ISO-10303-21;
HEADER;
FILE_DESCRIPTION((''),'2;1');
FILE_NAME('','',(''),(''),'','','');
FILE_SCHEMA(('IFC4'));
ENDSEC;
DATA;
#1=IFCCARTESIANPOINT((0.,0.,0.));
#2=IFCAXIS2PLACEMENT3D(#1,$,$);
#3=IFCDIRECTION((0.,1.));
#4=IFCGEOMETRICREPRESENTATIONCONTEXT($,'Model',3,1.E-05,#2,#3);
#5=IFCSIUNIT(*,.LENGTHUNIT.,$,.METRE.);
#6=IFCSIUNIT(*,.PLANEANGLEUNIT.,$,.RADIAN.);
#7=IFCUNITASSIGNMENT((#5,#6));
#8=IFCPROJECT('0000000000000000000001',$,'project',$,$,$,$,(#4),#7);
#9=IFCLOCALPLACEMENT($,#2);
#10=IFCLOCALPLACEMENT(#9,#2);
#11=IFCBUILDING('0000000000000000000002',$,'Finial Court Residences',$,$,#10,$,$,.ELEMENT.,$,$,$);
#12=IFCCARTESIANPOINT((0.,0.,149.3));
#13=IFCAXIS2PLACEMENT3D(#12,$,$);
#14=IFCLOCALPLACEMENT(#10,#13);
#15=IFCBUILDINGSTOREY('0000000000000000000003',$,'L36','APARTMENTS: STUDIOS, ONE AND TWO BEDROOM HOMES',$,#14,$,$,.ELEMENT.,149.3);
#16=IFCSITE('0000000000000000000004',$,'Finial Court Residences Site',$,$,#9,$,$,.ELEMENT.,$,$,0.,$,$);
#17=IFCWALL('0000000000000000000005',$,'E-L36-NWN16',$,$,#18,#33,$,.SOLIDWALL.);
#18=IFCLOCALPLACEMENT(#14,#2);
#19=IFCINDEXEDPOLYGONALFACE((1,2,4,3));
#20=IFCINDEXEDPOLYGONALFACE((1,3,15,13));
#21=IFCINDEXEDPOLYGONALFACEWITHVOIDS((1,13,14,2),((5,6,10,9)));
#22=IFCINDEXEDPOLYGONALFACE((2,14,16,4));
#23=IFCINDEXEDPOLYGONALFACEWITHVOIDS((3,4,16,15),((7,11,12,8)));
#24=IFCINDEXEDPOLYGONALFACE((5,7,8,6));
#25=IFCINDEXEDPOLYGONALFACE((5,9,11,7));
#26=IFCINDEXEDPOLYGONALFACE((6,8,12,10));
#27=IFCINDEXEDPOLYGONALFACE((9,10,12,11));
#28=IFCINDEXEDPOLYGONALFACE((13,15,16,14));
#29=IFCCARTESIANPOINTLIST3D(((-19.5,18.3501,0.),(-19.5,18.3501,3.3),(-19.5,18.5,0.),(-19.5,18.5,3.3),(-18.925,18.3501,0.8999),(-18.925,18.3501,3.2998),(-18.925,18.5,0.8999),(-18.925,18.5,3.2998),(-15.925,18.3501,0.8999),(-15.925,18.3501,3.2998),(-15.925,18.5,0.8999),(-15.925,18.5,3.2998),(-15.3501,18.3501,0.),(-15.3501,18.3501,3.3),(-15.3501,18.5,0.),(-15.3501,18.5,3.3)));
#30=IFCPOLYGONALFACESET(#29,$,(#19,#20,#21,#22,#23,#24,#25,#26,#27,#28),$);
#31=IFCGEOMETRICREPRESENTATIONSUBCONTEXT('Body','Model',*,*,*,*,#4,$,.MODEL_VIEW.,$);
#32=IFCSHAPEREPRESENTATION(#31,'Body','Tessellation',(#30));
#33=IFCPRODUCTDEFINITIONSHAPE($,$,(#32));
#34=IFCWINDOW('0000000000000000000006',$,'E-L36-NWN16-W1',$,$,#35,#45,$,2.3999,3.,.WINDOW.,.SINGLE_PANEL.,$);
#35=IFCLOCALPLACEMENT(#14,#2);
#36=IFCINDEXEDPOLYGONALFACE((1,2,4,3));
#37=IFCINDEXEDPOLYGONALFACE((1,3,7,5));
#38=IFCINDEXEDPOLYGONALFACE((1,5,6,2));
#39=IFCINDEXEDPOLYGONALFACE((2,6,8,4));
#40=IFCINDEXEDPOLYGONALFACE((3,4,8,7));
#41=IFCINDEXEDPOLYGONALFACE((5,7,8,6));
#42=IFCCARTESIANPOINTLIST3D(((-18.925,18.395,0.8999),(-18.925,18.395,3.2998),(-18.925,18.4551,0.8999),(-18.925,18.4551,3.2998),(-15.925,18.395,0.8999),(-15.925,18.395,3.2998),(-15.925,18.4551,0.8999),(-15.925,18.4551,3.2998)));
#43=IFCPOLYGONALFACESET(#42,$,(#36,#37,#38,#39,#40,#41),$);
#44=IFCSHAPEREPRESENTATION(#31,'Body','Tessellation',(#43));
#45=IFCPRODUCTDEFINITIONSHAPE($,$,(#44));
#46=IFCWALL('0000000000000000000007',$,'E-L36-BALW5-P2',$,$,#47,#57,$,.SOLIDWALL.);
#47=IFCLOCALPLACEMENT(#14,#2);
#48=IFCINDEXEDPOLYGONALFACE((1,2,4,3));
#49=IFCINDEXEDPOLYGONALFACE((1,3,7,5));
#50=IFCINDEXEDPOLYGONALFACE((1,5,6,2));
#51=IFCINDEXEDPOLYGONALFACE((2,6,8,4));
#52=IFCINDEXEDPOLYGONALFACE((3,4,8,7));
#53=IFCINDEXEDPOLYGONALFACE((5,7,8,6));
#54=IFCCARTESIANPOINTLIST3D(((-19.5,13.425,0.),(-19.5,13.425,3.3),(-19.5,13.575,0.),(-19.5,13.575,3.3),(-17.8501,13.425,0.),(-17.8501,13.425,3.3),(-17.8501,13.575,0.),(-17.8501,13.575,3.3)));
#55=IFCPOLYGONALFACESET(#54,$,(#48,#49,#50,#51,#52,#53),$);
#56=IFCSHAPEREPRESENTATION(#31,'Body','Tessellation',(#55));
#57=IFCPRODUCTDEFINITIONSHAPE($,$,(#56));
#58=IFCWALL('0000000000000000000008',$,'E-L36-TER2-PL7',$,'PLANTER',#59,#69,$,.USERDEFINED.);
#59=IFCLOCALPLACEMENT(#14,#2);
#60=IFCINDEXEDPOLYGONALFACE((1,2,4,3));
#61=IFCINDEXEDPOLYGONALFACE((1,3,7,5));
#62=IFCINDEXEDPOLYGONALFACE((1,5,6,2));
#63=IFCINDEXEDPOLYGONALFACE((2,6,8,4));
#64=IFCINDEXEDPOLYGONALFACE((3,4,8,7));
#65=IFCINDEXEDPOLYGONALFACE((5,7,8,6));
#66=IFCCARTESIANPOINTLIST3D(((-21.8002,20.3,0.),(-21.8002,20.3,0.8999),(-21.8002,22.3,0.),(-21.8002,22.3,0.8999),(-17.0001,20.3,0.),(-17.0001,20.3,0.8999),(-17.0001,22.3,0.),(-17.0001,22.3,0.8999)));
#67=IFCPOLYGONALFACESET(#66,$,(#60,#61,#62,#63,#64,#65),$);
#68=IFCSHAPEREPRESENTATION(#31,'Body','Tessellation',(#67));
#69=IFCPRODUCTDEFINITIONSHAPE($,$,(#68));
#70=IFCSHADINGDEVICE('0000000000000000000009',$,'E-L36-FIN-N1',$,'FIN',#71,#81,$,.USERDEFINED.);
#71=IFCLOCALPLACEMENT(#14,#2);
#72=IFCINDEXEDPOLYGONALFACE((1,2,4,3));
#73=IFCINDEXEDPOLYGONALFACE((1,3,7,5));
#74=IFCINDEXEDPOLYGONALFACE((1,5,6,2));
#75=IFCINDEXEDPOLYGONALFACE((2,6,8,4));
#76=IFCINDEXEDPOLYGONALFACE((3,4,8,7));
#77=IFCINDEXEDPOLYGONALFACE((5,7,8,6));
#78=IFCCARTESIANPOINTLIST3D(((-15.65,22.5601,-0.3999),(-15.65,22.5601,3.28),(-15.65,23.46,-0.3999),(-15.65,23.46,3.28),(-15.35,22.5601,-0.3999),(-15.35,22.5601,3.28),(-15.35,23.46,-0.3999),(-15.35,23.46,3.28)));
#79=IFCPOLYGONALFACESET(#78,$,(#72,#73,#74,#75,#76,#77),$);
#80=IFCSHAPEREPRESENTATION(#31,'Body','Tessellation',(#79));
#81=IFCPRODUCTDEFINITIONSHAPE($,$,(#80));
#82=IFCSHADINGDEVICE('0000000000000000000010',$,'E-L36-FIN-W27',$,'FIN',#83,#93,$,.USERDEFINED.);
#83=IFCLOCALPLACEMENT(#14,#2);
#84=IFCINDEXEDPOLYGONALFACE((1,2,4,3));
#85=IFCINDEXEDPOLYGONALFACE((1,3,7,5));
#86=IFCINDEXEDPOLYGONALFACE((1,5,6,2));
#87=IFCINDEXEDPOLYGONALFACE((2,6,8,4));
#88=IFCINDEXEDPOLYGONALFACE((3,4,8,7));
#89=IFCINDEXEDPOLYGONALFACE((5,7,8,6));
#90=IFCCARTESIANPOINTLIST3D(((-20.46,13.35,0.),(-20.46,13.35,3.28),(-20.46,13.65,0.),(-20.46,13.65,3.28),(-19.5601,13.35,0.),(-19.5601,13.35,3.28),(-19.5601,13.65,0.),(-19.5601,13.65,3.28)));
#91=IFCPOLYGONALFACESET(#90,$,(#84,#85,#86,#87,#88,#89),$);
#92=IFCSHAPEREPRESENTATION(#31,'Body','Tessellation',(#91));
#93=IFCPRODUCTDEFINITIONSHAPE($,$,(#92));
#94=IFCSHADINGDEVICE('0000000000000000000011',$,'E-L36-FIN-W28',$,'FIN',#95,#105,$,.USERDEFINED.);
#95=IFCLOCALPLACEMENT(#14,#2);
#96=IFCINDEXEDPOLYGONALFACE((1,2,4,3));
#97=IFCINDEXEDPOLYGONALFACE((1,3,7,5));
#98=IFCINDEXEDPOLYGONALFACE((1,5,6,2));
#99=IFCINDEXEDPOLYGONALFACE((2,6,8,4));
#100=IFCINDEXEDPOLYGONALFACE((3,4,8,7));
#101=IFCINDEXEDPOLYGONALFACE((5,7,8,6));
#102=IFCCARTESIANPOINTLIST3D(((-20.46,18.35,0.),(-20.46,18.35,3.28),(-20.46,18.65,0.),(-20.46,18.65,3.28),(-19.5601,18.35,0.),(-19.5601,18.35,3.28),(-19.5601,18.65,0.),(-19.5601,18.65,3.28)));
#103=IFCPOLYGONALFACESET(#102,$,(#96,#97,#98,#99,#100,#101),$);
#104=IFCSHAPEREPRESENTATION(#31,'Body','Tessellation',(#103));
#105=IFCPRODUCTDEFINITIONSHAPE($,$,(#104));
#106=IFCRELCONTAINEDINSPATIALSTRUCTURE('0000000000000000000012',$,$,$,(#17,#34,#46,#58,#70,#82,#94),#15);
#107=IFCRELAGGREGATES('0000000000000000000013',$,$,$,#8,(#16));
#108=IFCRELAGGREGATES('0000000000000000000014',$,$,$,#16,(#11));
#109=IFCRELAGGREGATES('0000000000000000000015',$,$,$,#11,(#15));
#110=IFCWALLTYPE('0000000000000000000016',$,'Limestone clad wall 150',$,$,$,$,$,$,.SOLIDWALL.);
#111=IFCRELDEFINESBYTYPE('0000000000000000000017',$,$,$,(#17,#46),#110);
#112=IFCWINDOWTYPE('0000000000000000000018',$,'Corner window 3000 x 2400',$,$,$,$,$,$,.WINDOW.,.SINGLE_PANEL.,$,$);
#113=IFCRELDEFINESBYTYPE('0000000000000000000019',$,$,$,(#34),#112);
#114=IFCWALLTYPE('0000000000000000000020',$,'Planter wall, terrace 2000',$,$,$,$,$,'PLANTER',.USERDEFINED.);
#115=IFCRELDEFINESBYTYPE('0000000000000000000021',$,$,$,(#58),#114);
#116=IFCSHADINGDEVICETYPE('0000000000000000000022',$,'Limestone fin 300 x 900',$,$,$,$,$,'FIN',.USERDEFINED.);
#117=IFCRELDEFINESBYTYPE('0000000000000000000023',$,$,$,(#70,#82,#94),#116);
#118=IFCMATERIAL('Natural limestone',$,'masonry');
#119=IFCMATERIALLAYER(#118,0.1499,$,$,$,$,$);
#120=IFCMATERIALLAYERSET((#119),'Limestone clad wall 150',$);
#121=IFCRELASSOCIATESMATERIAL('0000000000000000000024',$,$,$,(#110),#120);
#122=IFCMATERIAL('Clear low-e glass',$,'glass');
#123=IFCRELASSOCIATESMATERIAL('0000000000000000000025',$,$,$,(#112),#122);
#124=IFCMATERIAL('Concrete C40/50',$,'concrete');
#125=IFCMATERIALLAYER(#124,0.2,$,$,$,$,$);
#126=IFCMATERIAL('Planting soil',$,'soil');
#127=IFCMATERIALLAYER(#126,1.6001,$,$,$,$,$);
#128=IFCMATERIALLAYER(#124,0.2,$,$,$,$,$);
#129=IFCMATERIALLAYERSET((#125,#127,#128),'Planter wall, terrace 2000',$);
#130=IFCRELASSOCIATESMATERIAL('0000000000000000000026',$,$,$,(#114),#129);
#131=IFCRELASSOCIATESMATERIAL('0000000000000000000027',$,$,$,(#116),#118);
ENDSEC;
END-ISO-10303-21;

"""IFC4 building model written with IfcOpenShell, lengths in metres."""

from ifc_helpers import new_model, si_unit, direction, frame, frame_2d, origin, origin_2d, place, context, subcontext, project, spatial, rectangle, extrude, material, layer, layer_set, type_object, element, fill, save


model = new_model("IFC4")

# Units and contexts
model_context = context("Model", 3, precision=1e-05, world=origin(), true_north=direction((0.0, 1.0)))
body_context = subcontext(model_context, "Body", "Model", "MODEL_VIEW")
ifc_project = project(units=[si_unit("LENGTHUNIT", "METRE"), si_unit("PLANEANGLEUNIT", "RADIAN")], contexts=[model_context])

# Site, building, storey
site_placement = place(None, origin())
site = spatial("IfcSite", under=ifc_project, at=site_placement, Name="Finial Court Residences Site", CompositionType="ELEMENT", RefElevation=0.0)
building_placement = place(site_placement, origin())
building = spatial("IfcBuilding", under=site, at=building_placement, Name="Finial Court Residences", CompositionType="ELEMENT")
storey_placement = place(building_placement, frame((0.0, 0.0, 149.3)))
storey = spatial("IfcBuildingStorey", under=building, at=storey_placement, Name="L36", Description="APARTMENTS: STUDIOS, ONE AND TWO BEDROOM HOMES", CompositionType="ELEMENT", Elevation=149.3)

# Wall, opening, window
ifc_material_1 = material(Name="Natural limestone", Category="masonry")
ifc_layer_1 = layer(ifc_material_1, 0.1499)
ifc_layer_set_1 = layer_set([ifc_layer_1], Name="Limestone clad wall 150")
wall_type_1 = type_object("IfcWallType", Name="Limestone clad wall 150", PredefinedType="SOLIDWALL", material=ifc_layer_set_1)
ifc_material_2 = material(Name="Clear low-e glass", Category="glass")
wall_1_placement = place(storey_placement, frame((-19.5, 18.425, 0.0), z_axis=(0.0, 0.0, 1.0), x_axis=(1.0, 0.0, 0.0)))
wall_1 = element("IfcWall", 1, at=wall_1_placement, inside=storey, type_object=wall_type_1, Name="E-L36-NWN16", PredefinedType="SOLIDWALL", context=body_context, shape_type="SweptSolid", body=[
    extrude(rectangle(XDim=4.1499, YDim=0.1499, at=frame_2d((2.075, 0.0))), origin(), (0.0, 0.0, 1.0), 3.3),
])
opening_1_placement = place(wall_1_placement, frame((0.575, 0.0, 0.8999)))
opening_1 = element("IfcOpeningElement", 2, at=opening_1_placement, cuts=wall_1, PredefinedType="OPENING", context=body_context, shape_type="SweptSolid", body=[
    extrude(rectangle(XDim=3.0, YDim=2.3999, at=frame_2d((1.5, 1.2))), frame((0.0, 0.085, 0.0), z_axis=(0.0, -1.0, 0.0), x_axis=(1.0, 0.0, 0.0)), (0.0, 0.0, 1.0), 0.1699),
])
window_type_1 = type_object("IfcWindowType", Name="Corner window 3000 x 2400", PartitioningType="SINGLE_PANEL", PredefinedType="WINDOW", material=ifc_material_2)
window_1_placement = place(opening_1_placement, origin())
window_1 = element("IfcWindow", 3, at=window_1_placement, inside=storey, type_object=window_type_1, Name="E-L36-NWN16-W1", OverallHeight=2.3999, OverallWidth=3.0, PartitioningType="SINGLE_PANEL", PredefinedType="WINDOW", context=body_context, shape_type="SweptSolid", body=[
    extrude(rectangle(XDim=3.0, YDim=2.3999, at=frame_2d((1.5, 1.2))), frame((0.0, 0.03, 0.0), z_axis=(0.0, -1.0, 0.0), x_axis=(1.0, 0.0, 0.0)), (0.0, 0.0, 1.0), 0.0601),
])
fill(opening_1, window_1)

# Wall
wall_2_placement = place(storey_placement, frame((-17.8501, 13.5, 0.0), z_axis=(0.0, 0.0, 1.0), x_axis=(-1.0, 0.0, 0.0)))
element("IfcWall", 4, at=wall_2_placement, inside=storey, type_object=wall_type_1, Name="E-L36-BALW5-P2", PredefinedType="SOLIDWALL", context=body_context, shape_type="SweptSolid", body=[
    extrude(rectangle(XDim=1.6499, YDim=0.1499, at=frame_2d((0.825, 0.0))), origin(), (0.0, 0.0, 1.0), 3.3),
])

# Wall
ifc_material_3 = material(Name="Concrete C40/50", Category="concrete")
ifc_layer_2 = layer(ifc_material_3, 0.2)
ifc_material_4 = material(Name="Planting soil", Category="soil")
ifc_layer_3 = layer(ifc_material_4, 1.6001)
ifc_layer_4 = layer(ifc_material_3, 0.2)
ifc_layer_set_2 = layer_set([ifc_layer_2, ifc_layer_3, ifc_layer_4], Name="Planter wall, terrace 2000")
wall_type_2 = type_object("IfcWallType", Name="Planter wall, terrace 2000", ElementType="PLANTER", PredefinedType="USERDEFINED", material=ifc_layer_set_2)
wall_3_placement = place(storey_placement, frame((-21.8, 21.3, 0.0), z_axis=(0.0, 0.0, 1.0), x_axis=(1.0, 0.0, 0.0)))
element("IfcWall", 5, at=wall_3_placement, inside=storey, type_object=wall_type_2, Name="E-L36-TER2-PL7", ObjectType="PLANTER", PredefinedType="USERDEFINED", context=body_context, shape_type="SweptSolid", body=[
    extrude(rectangle(XDim=4.8, YDim=2.0, at=frame_2d((2.3999, 0.0))), origin(), (0.0, 0.0, 1.0), 0.8999),
])

# Shading devices
shading_device_type = type_object("IfcShadingDeviceType", Name="Limestone fin 300 x 900", ElementType="FIN", PredefinedType="USERDEFINED", material=ifc_material_1)
shading_device_placement = place(storey_placement, frame((-15.5, 23.01, -0.3999), z_axis=(0.0, 0.0, 1.0), x_axis=(1.0, 0.0, 0.0)))
element("IfcShadingDevice", 6, at=shading_device_placement, inside=storey, type_object=shading_device_type, Name="E-L36-FIN-N1", ObjectType="FIN", PredefinedType="USERDEFINED", context=body_context, shape_type="SweptSolid", body=[
    extrude(rectangle(XDim=0.3, YDim=0.8999, at=origin_2d()), origin(), (0.0, 0.0, 1.0), 3.6799),
])
for number, where, z_axis, x_axis, name in (
    (7, (-20.01, 13.5, 0.0), (0.0, 0.0, 1.0), (1.0, 0.0, 0.0), "E-L36-FIN-W27"),
    (8, (-20.01, 18.5, 0.0), (0.0, 0.0, 1.0), (1.0, 0.0, 0.0), "E-L36-FIN-W28"),
):
    element("IfcShadingDevice", number, at=place(storey_placement, frame(where, z_axis=z_axis, x_axis=x_axis)), inside=storey, type_object=shading_device_type, Name=name, ObjectType="FIN", PredefinedType="USERDEFINED", context=body_context, shape_type="SweptSolid", body=[
        extrude(rectangle(XDim=0.8999, YDim=0.3, at=origin_2d()), origin(), (0.0, 0.0, 1.0), 3.28),
    ])

save(model, "model.ifc")
